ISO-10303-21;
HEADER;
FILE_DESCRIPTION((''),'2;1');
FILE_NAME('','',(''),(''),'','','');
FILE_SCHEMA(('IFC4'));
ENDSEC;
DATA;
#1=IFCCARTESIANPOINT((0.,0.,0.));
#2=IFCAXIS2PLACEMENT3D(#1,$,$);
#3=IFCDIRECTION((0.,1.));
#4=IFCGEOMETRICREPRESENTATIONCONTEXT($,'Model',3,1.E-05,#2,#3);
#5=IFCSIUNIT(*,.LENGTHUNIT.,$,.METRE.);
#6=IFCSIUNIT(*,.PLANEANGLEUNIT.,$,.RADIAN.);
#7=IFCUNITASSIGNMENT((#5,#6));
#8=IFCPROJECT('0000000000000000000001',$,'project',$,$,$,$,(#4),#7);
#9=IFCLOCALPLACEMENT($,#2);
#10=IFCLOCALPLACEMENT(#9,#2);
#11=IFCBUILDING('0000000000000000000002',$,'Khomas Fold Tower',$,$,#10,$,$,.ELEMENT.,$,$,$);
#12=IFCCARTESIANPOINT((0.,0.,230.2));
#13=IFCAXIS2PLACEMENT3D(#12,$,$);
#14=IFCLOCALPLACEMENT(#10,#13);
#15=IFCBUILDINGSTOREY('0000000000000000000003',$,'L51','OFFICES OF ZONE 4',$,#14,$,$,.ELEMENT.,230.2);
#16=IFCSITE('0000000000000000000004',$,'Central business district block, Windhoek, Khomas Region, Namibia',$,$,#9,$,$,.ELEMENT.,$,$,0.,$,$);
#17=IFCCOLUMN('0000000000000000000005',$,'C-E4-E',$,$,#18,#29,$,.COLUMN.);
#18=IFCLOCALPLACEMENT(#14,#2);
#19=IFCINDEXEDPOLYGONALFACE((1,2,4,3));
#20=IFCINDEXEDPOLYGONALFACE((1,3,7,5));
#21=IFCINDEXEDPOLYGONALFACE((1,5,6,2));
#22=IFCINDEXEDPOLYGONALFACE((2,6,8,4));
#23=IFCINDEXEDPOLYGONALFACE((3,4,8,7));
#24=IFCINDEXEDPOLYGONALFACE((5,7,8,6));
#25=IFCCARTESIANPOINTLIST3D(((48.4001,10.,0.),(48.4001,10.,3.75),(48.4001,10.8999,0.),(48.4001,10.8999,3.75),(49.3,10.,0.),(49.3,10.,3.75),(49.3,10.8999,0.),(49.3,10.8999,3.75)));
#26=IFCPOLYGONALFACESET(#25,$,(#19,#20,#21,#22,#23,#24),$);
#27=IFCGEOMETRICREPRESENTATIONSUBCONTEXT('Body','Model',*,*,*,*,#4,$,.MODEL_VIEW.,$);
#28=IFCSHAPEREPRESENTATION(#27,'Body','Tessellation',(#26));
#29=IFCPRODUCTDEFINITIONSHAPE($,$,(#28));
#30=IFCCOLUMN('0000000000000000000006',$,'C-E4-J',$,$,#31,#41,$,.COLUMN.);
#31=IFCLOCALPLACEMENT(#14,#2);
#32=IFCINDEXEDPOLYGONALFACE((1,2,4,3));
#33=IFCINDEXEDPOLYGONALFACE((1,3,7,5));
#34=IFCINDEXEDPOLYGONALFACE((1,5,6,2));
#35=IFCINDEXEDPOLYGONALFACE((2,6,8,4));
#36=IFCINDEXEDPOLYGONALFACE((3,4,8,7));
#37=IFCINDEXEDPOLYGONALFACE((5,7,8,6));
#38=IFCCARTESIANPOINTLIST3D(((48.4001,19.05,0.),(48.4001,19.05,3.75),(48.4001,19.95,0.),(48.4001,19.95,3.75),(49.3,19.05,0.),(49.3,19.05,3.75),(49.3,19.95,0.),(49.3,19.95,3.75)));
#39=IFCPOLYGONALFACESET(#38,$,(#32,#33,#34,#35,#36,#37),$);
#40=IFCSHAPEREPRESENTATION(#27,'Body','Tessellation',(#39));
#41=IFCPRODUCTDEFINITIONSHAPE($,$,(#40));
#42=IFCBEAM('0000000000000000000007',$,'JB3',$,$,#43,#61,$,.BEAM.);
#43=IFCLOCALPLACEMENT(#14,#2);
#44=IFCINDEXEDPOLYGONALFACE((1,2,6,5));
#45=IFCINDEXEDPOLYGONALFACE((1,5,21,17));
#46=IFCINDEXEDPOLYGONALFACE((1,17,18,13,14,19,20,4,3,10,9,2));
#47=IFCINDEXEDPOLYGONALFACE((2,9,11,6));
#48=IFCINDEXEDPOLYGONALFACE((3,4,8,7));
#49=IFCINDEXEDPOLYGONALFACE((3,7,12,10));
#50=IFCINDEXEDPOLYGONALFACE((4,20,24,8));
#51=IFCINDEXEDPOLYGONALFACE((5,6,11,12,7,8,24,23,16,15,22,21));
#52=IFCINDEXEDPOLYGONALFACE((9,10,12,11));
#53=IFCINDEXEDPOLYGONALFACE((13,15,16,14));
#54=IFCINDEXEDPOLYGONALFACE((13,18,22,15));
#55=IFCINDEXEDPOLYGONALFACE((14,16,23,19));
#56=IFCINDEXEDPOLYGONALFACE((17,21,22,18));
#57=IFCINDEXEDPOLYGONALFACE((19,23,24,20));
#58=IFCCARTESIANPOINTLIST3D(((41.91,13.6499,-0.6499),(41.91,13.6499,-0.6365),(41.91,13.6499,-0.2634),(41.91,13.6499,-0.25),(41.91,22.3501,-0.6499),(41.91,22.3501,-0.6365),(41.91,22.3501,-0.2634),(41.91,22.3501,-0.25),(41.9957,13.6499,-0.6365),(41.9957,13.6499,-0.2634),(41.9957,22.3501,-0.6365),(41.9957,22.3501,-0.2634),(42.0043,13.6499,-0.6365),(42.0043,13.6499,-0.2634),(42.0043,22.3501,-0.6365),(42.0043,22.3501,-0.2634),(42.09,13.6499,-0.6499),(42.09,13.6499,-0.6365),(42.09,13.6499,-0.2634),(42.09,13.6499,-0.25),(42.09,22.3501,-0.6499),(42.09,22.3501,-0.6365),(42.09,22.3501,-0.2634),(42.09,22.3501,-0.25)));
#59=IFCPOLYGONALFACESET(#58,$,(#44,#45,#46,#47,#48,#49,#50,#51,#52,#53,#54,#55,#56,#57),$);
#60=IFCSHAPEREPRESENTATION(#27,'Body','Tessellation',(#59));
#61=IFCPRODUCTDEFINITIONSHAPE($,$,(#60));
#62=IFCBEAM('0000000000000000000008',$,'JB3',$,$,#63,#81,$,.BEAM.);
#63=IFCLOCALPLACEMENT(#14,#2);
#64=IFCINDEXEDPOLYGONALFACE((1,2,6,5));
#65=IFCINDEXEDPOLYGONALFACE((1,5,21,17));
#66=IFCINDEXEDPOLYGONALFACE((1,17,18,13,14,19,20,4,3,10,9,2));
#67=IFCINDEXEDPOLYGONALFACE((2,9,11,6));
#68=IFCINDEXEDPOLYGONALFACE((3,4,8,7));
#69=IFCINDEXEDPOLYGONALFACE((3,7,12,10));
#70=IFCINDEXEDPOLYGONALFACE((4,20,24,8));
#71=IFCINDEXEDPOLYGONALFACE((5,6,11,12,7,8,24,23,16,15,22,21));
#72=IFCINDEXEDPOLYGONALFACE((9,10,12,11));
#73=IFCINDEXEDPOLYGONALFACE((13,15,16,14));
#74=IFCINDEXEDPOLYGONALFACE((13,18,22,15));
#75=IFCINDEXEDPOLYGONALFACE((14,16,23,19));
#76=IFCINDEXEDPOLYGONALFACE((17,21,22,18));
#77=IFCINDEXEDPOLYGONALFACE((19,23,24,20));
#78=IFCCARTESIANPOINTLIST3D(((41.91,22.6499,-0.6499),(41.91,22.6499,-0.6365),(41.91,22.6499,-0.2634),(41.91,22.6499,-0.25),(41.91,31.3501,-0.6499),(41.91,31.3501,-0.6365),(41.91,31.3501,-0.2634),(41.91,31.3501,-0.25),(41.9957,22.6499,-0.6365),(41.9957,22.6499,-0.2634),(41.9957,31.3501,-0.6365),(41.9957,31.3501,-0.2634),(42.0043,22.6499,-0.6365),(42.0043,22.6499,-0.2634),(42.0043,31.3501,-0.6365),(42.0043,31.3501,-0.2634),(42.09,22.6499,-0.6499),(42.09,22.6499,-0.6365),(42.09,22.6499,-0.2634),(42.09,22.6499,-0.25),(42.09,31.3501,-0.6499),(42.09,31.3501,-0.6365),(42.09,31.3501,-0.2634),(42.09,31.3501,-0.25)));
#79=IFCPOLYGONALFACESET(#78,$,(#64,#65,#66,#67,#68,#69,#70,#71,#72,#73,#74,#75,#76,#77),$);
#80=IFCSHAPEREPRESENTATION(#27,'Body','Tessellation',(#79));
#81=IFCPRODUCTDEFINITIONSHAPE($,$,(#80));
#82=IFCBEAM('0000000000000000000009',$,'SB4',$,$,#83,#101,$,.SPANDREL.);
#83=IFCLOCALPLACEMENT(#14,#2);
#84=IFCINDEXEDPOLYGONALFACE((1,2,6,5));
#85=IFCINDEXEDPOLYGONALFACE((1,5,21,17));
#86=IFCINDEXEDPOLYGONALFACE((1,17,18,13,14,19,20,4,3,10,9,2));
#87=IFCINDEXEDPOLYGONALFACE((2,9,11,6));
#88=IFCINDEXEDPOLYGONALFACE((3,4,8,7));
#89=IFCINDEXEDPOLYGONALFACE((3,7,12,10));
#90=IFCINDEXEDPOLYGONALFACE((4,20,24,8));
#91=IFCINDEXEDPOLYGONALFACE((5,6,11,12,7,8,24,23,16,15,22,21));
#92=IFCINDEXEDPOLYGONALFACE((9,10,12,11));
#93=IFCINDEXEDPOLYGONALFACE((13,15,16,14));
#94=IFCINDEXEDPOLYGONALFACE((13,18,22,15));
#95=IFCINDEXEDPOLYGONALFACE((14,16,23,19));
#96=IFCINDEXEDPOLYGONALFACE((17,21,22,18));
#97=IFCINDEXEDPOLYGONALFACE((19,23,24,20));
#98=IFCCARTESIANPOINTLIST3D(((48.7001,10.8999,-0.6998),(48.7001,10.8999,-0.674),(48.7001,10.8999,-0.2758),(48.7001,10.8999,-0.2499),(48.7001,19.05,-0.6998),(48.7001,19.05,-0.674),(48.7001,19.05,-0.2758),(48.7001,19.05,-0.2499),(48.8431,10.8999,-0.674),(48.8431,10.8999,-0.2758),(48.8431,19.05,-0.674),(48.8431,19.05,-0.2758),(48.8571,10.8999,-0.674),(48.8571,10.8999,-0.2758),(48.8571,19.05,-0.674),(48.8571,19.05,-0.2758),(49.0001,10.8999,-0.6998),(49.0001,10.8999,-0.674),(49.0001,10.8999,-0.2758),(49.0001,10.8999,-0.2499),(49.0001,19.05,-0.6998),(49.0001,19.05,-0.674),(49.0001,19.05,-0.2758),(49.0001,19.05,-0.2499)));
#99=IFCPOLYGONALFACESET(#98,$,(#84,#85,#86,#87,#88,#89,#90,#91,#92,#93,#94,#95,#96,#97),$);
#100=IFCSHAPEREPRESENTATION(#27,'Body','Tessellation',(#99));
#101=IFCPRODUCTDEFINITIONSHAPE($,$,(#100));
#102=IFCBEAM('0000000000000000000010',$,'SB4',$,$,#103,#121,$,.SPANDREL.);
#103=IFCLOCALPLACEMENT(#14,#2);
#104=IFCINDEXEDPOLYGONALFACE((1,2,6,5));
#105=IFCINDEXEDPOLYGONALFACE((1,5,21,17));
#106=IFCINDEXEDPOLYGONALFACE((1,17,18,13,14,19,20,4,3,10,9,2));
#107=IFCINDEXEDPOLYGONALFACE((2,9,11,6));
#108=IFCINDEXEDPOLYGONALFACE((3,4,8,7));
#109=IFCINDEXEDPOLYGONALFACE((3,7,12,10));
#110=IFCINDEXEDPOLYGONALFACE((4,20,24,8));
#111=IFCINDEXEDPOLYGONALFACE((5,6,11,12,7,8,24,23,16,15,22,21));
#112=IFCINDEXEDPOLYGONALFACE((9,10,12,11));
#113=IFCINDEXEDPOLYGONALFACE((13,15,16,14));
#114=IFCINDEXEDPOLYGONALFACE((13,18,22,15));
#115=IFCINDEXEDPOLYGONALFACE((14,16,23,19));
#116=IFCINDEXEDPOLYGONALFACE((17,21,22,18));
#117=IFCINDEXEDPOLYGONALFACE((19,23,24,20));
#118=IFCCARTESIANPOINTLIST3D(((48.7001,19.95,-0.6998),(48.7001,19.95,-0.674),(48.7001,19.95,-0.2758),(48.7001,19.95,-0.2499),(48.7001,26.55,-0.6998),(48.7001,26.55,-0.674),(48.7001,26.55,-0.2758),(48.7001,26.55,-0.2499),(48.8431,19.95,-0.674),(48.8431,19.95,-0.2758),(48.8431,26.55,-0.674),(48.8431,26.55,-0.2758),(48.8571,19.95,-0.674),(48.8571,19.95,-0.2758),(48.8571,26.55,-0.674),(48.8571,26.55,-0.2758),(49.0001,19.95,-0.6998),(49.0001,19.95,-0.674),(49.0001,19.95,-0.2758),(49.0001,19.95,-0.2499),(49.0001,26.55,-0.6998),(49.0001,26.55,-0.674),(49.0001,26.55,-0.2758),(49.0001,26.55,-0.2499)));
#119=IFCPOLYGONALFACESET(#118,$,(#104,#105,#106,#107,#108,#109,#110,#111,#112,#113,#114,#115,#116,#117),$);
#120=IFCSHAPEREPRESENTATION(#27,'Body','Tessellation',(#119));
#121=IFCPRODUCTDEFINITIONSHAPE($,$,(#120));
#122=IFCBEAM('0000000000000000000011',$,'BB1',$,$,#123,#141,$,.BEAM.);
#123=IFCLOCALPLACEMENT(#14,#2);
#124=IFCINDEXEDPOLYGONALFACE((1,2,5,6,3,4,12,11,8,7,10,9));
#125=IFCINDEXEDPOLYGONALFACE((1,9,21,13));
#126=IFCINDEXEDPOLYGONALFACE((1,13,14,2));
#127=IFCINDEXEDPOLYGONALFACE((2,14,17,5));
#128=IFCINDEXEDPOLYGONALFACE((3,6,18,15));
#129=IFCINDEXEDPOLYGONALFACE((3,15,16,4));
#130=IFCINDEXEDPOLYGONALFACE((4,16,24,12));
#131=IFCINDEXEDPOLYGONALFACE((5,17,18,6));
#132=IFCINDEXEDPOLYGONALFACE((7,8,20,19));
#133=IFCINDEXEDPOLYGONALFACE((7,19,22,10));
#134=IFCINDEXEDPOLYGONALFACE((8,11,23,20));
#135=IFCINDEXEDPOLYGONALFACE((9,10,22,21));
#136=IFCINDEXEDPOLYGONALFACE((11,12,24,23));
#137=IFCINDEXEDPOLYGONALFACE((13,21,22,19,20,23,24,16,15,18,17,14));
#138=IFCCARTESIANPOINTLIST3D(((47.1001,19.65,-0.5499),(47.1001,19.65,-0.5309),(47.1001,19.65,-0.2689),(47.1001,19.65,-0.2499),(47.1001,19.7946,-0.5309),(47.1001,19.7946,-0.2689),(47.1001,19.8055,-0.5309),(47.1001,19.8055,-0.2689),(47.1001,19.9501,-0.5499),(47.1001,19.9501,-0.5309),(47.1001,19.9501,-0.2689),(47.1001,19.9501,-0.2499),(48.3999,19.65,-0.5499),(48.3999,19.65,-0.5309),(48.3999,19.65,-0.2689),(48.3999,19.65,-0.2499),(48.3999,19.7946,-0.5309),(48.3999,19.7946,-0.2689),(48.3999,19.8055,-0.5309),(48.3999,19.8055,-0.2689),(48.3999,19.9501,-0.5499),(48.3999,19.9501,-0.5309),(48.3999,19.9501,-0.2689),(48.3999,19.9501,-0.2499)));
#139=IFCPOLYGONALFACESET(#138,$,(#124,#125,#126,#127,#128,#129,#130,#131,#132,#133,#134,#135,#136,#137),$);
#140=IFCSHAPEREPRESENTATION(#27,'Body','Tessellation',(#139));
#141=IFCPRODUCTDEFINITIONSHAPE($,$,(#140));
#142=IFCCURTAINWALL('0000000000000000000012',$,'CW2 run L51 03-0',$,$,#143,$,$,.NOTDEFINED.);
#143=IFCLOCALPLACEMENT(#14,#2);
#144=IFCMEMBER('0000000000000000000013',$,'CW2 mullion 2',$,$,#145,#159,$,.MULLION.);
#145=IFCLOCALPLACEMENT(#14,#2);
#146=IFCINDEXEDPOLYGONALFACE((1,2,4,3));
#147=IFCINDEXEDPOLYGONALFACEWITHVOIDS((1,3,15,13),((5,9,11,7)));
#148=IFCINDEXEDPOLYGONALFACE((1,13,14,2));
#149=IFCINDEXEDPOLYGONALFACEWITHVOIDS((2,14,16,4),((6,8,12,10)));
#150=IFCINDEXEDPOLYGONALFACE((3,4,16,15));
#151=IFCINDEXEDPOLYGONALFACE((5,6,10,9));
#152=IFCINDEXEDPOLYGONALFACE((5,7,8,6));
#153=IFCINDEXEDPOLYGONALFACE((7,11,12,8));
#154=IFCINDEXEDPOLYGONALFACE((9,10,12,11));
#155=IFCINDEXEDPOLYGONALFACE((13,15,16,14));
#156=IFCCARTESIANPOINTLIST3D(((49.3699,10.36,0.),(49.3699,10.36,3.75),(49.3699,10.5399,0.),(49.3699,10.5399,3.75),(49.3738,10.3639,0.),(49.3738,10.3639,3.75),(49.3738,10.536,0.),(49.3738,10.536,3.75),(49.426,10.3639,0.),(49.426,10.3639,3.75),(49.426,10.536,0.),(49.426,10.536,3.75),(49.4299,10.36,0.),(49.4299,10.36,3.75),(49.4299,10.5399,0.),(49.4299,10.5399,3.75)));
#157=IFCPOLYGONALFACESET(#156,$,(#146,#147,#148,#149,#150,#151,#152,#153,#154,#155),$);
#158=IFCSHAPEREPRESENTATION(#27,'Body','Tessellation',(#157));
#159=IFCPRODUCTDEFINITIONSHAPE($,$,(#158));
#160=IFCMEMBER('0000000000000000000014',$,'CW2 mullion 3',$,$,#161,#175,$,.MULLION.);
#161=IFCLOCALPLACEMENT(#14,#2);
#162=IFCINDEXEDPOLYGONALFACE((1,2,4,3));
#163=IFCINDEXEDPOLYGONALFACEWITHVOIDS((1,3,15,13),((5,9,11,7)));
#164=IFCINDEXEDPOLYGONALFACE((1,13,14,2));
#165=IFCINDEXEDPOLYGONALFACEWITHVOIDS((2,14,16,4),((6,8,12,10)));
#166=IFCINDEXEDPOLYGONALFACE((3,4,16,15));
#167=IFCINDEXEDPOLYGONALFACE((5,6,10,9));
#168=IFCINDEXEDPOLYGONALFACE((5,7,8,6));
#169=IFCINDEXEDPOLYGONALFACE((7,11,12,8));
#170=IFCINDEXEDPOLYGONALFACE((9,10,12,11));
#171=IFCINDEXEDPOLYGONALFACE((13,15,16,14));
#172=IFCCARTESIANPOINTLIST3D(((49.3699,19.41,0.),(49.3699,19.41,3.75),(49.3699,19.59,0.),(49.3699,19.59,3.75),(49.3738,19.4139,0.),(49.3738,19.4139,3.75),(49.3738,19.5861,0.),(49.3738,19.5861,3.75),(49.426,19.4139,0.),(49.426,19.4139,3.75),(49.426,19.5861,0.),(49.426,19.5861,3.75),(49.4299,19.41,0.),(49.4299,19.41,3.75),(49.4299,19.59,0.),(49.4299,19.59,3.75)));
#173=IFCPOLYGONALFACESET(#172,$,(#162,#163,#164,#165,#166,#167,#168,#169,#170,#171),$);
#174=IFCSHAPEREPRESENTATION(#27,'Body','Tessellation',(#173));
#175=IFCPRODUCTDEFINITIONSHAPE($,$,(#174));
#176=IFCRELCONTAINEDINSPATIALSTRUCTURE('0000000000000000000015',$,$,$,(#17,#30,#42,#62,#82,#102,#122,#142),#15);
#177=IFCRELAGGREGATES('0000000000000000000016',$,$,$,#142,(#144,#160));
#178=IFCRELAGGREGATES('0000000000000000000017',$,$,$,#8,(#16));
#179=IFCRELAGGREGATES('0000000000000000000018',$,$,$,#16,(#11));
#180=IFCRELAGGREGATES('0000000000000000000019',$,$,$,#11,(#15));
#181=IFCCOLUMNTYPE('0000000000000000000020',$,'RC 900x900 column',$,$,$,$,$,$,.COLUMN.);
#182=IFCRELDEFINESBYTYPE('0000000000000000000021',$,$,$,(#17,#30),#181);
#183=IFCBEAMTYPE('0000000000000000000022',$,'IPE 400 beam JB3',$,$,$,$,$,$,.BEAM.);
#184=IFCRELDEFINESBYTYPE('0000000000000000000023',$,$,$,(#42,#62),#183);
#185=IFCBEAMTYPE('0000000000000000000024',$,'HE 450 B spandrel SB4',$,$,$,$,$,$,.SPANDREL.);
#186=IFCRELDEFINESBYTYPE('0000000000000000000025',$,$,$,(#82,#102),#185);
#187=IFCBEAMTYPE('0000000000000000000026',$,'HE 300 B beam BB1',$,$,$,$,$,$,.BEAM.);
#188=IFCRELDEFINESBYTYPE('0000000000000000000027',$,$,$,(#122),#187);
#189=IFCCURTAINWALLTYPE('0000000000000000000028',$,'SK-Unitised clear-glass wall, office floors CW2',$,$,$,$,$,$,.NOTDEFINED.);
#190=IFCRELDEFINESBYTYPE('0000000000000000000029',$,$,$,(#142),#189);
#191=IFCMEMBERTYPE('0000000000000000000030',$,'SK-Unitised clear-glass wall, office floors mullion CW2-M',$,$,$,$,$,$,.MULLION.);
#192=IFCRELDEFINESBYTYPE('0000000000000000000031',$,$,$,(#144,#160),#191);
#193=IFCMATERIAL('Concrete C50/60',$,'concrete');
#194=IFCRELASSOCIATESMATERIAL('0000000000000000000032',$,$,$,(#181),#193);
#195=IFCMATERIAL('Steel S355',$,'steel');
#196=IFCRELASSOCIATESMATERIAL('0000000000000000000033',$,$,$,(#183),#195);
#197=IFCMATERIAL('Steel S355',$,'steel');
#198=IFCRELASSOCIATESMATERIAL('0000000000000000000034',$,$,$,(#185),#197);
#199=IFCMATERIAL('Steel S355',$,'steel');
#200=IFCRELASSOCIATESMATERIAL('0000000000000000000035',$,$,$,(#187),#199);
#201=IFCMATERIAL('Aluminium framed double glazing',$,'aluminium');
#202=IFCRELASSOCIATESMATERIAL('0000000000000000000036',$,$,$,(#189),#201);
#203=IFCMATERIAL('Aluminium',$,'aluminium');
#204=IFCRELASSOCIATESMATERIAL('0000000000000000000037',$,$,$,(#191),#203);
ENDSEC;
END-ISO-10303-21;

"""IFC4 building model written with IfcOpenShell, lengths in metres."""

from ifc_helpers import new_model, si_unit, direction, frame, origin, origin_2d, place, context, subcontext, project, spatial, rectangle, hollow_rectangle, i_section, extrude, source, transform, mapped, material, material_profile, profile_set, type_object, element, aggregate, save


model = new_model("IFC4")

# Units and contexts
model_context = context("Model", 3, precision=1e-05, world=origin(), true_north=direction((0.0, 1.0)))
body_context = subcontext(model_context, "Body", "Model", "MODEL_VIEW")
ifc_project = project(units=[si_unit("LENGTHUNIT", "METRE"), si_unit("PLANEANGLEUNIT", "RADIAN")], contexts=[model_context])

# Site, building, storey
site_placement = place(None, origin())
site = spatial("IfcSite", under=ifc_project, at=site_placement, Name="Central business district block, Windhoek, Khomas Region, Namibia", CompositionType="ELEMENT", RefElevation=0.0)
building_placement = place(site_placement, origin())
building = spatial("IfcBuilding", under=site, at=building_placement, Name="Khomas Fold Tower", CompositionType="ELEMENT")
storey_placement = place(building_placement, frame((0.0, 0.0, 230.2)))
storey = spatial("IfcBuildingStorey", under=building, at=storey_placement, Name="L51", Description="OFFICES OF ZONE 4", CompositionType="ELEMENT", Elevation=230.2)

# Columns
ifc_material_1 = material(Name="Concrete C50/60", Category="concrete")
ifc_material_profile_1 = material_profile(ifc_material_1, rectangle(XDim=0.8999, YDim=0.8999, at=origin_2d()), Name="RC 900x900")
ifc_profile_set_1 = profile_set([ifc_material_profile_1], Name="Concrete C50/60")
column_type = type_object("IfcColumnType", Name="RC 900x900 column", PredefinedType="COLUMN", material=ifc_profile_set_1)
shared_shape_1 = source(origin(), body_context, "Body", "SweptSolid", [
    extrude(rectangle(XDim=0.8999, YDim=0.8999, at=origin_2d()), origin(), (0.0, 0.0, 1.0), 3.75),
])
for number, where, z_axis, x_axis, name in (
    (1, (48.8501, 10.45, 0.0), (0.0, 0.0, 1.0), (1.0, 0.0, 0.0), "C-E4-E"),
    (2, (48.8501, 19.5, 0.0), (0.0, 0.0, 1.0), (1.0, 0.0, 0.0), "C-E4-J"),
):
    element("IfcColumn", number, at=place(storey_placement, frame(where, z_axis=z_axis, x_axis=x_axis)), inside=storey, type_object=column_type, Name=name, PredefinedType="COLUMN", context=body_context, shape_type="MappedRepresentation", body=[
        mapped(shared_shape_1, transform((0.0, 0.0, 0.0))),
    ])

# Beams
ifc_material_2 = material(Name="Steel S355", Category="steel")
ifc_material_profile_2 = material_profile(ifc_material_2, i_section(OverallWidth=0.1799, OverallDepth=0.3999, WebThickness=0.0085, FlangeThickness=0.0134, at=origin_2d()), Name="IPE 400")
ifc_profile_set_2 = profile_set([ifc_material_profile_2], Name="Steel S355")
beam_type_1 = type_object("IfcBeamType", Name="IPE 400 beam JB3", PredefinedType="BEAM", material=ifc_profile_set_2)
shared_shape_2 = source(origin(), body_context, "Body", "SweptSolid", [
    extrude(i_section(OverallWidth=0.1799, OverallDepth=0.3999, WebThickness=0.0085, FlangeThickness=0.0134, at=origin_2d()), origin(), (0.0, 0.0, 1.0), 8.7002),
])
for number, where, z_axis, x_axis, name in (
    (3, (42.0, 13.6499, -0.45), (0.0, 1.0, 0.0), (-1.0, 0.0, 0.0), "JB3"),
    (4, (42.0, 22.6499, -0.45), (0.0, 1.0, 0.0), (-1.0, 0.0, 0.0), "JB3"),
):
    element("IfcBeam", number, at=place(storey_placement, frame(where, z_axis=z_axis, x_axis=x_axis)), inside=storey, type_object=beam_type_1, Name=name, PredefinedType="BEAM", context=body_context, shape_type="MappedRepresentation", body=[
        mapped(shared_shape_2, transform((0.0, 0.0, 0.0))),
    ])
ifc_material_3 = material(Name="Steel S355", Category="steel")
ifc_material_profile_3 = material_profile(ifc_material_3, i_section(OverallWidth=0.3, OverallDepth=0.45, WebThickness=0.0139, FlangeThickness=0.0259, at=origin_2d()), Name="HE 450 B")
ifc_profile_set_3 = profile_set([ifc_material_profile_3], Name="Steel S355")
beam_type_2 = type_object("IfcBeamType", Name="HE 450 B spandrel SB4", PredefinedType="SPANDREL", material=ifc_profile_set_3)
shared_shape_3 = source(origin(), body_context, "Body", "SweptSolid", [
    extrude(i_section(OverallWidth=0.3, OverallDepth=0.45, WebThickness=0.0139, FlangeThickness=0.0259, at=origin_2d()), origin(), (0.0, 0.0, 1.0), 8.1501),
])
beam_1_placement = place(storey_placement, frame((48.8501, 10.8999, -0.4749), z_axis=(0.0, 1.0, 0.0), x_axis=(-1.0, 0.0, 0.0)))
element("IfcBeam", 5, at=beam_1_placement, inside=storey, type_object=beam_type_2, Name="SB4", PredefinedType="SPANDREL", context=body_context, shape_type="MappedRepresentation", body=[
    mapped(shared_shape_3, transform((0.0, 0.0, 0.0))),
])
shared_shape_4 = source(origin(), body_context, "Body", "SweptSolid", [
    extrude(i_section(OverallWidth=0.3, OverallDepth=0.45, WebThickness=0.0139, FlangeThickness=0.0259, at=origin_2d()), origin(), (0.0, 0.0, 1.0), 6.6001),
])
beam_2_placement = place(storey_placement, frame((48.8501, 19.95, -0.4749), z_axis=(0.0, 1.0, 0.0), x_axis=(-1.0, 0.0, 0.0)))
element("IfcBeam", 6, at=beam_2_placement, inside=storey, type_object=beam_type_2, Name="SB4", PredefinedType="SPANDREL", context=body_context, shape_type="MappedRepresentation", body=[
    mapped(shared_shape_4, transform((0.0, 0.0, 0.0))),
])
ifc_material_4 = material(Name="Steel S355", Category="steel")
ifc_material_profile_4 = material_profile(ifc_material_4, i_section(OverallWidth=0.3, OverallDepth=0.3, WebThickness=0.011, FlangeThickness=0.019, at=origin_2d()), Name="HE 300 B")
ifc_profile_set_4 = profile_set([ifc_material_profile_4], Name="Steel S355")
beam_type_3 = type_object("IfcBeamType", Name="HE 300 B beam BB1", PredefinedType="BEAM", material=ifc_profile_set_4)
shared_shape_5 = source(origin(), body_context, "Body", "SweptSolid", [
    extrude(i_section(OverallWidth=0.3, OverallDepth=0.3, WebThickness=0.011, FlangeThickness=0.019, at=origin_2d()), origin(), (0.0, 0.0, 1.0), 1.2998),
])
beam_3_placement = place(storey_placement, frame((47.1001, 19.8, -0.3999), z_axis=(1.0, 0.0, 0.0), x_axis=(0.0, 1.0, 0.0)))
element("IfcBeam", 7, at=beam_3_placement, inside=storey, type_object=beam_type_3, Name="BB1", PredefinedType="BEAM", context=body_context, shape_type="MappedRepresentation", body=[
    mapped(shared_shape_5, transform((0.0, 0.0, 0.0))),
])

# Curtain wall, members
ifc_material_5 = material(Name="Aluminium framed double glazing", Category="aluminium")
curtain_wall_type = type_object("IfcCurtainWallType", Name="SK-Unitised clear-glass wall, office floors CW2", PredefinedType="NOTDEFINED", material=ifc_material_5)
curtain_wall_placement = place(storey_placement, origin())
curtain_wall = element("IfcCurtainWall", 8, at=curtain_wall_placement, inside=storey, type_object=curtain_wall_type, Name="CW2 run L51 03-0", PredefinedType="NOTDEFINED")
ifc_material_6 = material(Name="Aluminium", Category="aluminium")
ifc_material_profile_5 = material_profile(ifc_material_6, hollow_rectangle(XDim=0.0601, YDim=0.1799, WallThickness=0.0039, at=origin_2d()), Name="SK-Unitised clear-glass wall, office floors mullion CW2-M")
ifc_profile_set_5 = profile_set([ifc_material_profile_5], Name="Aluminium")
member_type_1 = type_object("IfcMemberType", Name="SK-Unitised clear-glass wall, office floors mullion CW2-M", PredefinedType="MULLION", material=ifc_profile_set_5)
shared_shape_6 = source(origin(), body_context, "Body", "SweptSolid", [
    extrude(hollow_rectangle(XDim=0.0601, YDim=0.1799, WallThickness=0.0039, at=origin_2d()), origin(), (0.0, 0.0, 1.0), 3.75),
])
member_1_placement = place(storey_placement, frame((49.3999, 10.45, 0.0), z_axis=(0.0, 0.0, 1.0), x_axis=(-1.0, 0.0, 0.0)))
member_1 = element("IfcMember", 9, at=member_1_placement, type_object=member_type_1, Name="CW2 mullion 2", PredefinedType="MULLION", context=body_context, shape_type="MappedRepresentation", body=[
    mapped(shared_shape_6, transform((0.0, 0.0, 0.0))),
])
member_2_placement = place(storey_placement, frame((49.3999, 19.5, 0.0), z_axis=(0.0, 0.0, 1.0), x_axis=(-1.0, 0.0, 0.0)))
member_2 = element("IfcMember", 10, at=member_2_placement, type_object=member_type_1, Name="CW2 mullion 3", PredefinedType="MULLION", context=body_context, shape_type="MappedRepresentation", body=[
    mapped(shared_shape_6, transform((0.0, 0.0, 0.0))),
])
aggregate(curtain_wall, [member_1, member_2])

save(model, "model.ifc")
